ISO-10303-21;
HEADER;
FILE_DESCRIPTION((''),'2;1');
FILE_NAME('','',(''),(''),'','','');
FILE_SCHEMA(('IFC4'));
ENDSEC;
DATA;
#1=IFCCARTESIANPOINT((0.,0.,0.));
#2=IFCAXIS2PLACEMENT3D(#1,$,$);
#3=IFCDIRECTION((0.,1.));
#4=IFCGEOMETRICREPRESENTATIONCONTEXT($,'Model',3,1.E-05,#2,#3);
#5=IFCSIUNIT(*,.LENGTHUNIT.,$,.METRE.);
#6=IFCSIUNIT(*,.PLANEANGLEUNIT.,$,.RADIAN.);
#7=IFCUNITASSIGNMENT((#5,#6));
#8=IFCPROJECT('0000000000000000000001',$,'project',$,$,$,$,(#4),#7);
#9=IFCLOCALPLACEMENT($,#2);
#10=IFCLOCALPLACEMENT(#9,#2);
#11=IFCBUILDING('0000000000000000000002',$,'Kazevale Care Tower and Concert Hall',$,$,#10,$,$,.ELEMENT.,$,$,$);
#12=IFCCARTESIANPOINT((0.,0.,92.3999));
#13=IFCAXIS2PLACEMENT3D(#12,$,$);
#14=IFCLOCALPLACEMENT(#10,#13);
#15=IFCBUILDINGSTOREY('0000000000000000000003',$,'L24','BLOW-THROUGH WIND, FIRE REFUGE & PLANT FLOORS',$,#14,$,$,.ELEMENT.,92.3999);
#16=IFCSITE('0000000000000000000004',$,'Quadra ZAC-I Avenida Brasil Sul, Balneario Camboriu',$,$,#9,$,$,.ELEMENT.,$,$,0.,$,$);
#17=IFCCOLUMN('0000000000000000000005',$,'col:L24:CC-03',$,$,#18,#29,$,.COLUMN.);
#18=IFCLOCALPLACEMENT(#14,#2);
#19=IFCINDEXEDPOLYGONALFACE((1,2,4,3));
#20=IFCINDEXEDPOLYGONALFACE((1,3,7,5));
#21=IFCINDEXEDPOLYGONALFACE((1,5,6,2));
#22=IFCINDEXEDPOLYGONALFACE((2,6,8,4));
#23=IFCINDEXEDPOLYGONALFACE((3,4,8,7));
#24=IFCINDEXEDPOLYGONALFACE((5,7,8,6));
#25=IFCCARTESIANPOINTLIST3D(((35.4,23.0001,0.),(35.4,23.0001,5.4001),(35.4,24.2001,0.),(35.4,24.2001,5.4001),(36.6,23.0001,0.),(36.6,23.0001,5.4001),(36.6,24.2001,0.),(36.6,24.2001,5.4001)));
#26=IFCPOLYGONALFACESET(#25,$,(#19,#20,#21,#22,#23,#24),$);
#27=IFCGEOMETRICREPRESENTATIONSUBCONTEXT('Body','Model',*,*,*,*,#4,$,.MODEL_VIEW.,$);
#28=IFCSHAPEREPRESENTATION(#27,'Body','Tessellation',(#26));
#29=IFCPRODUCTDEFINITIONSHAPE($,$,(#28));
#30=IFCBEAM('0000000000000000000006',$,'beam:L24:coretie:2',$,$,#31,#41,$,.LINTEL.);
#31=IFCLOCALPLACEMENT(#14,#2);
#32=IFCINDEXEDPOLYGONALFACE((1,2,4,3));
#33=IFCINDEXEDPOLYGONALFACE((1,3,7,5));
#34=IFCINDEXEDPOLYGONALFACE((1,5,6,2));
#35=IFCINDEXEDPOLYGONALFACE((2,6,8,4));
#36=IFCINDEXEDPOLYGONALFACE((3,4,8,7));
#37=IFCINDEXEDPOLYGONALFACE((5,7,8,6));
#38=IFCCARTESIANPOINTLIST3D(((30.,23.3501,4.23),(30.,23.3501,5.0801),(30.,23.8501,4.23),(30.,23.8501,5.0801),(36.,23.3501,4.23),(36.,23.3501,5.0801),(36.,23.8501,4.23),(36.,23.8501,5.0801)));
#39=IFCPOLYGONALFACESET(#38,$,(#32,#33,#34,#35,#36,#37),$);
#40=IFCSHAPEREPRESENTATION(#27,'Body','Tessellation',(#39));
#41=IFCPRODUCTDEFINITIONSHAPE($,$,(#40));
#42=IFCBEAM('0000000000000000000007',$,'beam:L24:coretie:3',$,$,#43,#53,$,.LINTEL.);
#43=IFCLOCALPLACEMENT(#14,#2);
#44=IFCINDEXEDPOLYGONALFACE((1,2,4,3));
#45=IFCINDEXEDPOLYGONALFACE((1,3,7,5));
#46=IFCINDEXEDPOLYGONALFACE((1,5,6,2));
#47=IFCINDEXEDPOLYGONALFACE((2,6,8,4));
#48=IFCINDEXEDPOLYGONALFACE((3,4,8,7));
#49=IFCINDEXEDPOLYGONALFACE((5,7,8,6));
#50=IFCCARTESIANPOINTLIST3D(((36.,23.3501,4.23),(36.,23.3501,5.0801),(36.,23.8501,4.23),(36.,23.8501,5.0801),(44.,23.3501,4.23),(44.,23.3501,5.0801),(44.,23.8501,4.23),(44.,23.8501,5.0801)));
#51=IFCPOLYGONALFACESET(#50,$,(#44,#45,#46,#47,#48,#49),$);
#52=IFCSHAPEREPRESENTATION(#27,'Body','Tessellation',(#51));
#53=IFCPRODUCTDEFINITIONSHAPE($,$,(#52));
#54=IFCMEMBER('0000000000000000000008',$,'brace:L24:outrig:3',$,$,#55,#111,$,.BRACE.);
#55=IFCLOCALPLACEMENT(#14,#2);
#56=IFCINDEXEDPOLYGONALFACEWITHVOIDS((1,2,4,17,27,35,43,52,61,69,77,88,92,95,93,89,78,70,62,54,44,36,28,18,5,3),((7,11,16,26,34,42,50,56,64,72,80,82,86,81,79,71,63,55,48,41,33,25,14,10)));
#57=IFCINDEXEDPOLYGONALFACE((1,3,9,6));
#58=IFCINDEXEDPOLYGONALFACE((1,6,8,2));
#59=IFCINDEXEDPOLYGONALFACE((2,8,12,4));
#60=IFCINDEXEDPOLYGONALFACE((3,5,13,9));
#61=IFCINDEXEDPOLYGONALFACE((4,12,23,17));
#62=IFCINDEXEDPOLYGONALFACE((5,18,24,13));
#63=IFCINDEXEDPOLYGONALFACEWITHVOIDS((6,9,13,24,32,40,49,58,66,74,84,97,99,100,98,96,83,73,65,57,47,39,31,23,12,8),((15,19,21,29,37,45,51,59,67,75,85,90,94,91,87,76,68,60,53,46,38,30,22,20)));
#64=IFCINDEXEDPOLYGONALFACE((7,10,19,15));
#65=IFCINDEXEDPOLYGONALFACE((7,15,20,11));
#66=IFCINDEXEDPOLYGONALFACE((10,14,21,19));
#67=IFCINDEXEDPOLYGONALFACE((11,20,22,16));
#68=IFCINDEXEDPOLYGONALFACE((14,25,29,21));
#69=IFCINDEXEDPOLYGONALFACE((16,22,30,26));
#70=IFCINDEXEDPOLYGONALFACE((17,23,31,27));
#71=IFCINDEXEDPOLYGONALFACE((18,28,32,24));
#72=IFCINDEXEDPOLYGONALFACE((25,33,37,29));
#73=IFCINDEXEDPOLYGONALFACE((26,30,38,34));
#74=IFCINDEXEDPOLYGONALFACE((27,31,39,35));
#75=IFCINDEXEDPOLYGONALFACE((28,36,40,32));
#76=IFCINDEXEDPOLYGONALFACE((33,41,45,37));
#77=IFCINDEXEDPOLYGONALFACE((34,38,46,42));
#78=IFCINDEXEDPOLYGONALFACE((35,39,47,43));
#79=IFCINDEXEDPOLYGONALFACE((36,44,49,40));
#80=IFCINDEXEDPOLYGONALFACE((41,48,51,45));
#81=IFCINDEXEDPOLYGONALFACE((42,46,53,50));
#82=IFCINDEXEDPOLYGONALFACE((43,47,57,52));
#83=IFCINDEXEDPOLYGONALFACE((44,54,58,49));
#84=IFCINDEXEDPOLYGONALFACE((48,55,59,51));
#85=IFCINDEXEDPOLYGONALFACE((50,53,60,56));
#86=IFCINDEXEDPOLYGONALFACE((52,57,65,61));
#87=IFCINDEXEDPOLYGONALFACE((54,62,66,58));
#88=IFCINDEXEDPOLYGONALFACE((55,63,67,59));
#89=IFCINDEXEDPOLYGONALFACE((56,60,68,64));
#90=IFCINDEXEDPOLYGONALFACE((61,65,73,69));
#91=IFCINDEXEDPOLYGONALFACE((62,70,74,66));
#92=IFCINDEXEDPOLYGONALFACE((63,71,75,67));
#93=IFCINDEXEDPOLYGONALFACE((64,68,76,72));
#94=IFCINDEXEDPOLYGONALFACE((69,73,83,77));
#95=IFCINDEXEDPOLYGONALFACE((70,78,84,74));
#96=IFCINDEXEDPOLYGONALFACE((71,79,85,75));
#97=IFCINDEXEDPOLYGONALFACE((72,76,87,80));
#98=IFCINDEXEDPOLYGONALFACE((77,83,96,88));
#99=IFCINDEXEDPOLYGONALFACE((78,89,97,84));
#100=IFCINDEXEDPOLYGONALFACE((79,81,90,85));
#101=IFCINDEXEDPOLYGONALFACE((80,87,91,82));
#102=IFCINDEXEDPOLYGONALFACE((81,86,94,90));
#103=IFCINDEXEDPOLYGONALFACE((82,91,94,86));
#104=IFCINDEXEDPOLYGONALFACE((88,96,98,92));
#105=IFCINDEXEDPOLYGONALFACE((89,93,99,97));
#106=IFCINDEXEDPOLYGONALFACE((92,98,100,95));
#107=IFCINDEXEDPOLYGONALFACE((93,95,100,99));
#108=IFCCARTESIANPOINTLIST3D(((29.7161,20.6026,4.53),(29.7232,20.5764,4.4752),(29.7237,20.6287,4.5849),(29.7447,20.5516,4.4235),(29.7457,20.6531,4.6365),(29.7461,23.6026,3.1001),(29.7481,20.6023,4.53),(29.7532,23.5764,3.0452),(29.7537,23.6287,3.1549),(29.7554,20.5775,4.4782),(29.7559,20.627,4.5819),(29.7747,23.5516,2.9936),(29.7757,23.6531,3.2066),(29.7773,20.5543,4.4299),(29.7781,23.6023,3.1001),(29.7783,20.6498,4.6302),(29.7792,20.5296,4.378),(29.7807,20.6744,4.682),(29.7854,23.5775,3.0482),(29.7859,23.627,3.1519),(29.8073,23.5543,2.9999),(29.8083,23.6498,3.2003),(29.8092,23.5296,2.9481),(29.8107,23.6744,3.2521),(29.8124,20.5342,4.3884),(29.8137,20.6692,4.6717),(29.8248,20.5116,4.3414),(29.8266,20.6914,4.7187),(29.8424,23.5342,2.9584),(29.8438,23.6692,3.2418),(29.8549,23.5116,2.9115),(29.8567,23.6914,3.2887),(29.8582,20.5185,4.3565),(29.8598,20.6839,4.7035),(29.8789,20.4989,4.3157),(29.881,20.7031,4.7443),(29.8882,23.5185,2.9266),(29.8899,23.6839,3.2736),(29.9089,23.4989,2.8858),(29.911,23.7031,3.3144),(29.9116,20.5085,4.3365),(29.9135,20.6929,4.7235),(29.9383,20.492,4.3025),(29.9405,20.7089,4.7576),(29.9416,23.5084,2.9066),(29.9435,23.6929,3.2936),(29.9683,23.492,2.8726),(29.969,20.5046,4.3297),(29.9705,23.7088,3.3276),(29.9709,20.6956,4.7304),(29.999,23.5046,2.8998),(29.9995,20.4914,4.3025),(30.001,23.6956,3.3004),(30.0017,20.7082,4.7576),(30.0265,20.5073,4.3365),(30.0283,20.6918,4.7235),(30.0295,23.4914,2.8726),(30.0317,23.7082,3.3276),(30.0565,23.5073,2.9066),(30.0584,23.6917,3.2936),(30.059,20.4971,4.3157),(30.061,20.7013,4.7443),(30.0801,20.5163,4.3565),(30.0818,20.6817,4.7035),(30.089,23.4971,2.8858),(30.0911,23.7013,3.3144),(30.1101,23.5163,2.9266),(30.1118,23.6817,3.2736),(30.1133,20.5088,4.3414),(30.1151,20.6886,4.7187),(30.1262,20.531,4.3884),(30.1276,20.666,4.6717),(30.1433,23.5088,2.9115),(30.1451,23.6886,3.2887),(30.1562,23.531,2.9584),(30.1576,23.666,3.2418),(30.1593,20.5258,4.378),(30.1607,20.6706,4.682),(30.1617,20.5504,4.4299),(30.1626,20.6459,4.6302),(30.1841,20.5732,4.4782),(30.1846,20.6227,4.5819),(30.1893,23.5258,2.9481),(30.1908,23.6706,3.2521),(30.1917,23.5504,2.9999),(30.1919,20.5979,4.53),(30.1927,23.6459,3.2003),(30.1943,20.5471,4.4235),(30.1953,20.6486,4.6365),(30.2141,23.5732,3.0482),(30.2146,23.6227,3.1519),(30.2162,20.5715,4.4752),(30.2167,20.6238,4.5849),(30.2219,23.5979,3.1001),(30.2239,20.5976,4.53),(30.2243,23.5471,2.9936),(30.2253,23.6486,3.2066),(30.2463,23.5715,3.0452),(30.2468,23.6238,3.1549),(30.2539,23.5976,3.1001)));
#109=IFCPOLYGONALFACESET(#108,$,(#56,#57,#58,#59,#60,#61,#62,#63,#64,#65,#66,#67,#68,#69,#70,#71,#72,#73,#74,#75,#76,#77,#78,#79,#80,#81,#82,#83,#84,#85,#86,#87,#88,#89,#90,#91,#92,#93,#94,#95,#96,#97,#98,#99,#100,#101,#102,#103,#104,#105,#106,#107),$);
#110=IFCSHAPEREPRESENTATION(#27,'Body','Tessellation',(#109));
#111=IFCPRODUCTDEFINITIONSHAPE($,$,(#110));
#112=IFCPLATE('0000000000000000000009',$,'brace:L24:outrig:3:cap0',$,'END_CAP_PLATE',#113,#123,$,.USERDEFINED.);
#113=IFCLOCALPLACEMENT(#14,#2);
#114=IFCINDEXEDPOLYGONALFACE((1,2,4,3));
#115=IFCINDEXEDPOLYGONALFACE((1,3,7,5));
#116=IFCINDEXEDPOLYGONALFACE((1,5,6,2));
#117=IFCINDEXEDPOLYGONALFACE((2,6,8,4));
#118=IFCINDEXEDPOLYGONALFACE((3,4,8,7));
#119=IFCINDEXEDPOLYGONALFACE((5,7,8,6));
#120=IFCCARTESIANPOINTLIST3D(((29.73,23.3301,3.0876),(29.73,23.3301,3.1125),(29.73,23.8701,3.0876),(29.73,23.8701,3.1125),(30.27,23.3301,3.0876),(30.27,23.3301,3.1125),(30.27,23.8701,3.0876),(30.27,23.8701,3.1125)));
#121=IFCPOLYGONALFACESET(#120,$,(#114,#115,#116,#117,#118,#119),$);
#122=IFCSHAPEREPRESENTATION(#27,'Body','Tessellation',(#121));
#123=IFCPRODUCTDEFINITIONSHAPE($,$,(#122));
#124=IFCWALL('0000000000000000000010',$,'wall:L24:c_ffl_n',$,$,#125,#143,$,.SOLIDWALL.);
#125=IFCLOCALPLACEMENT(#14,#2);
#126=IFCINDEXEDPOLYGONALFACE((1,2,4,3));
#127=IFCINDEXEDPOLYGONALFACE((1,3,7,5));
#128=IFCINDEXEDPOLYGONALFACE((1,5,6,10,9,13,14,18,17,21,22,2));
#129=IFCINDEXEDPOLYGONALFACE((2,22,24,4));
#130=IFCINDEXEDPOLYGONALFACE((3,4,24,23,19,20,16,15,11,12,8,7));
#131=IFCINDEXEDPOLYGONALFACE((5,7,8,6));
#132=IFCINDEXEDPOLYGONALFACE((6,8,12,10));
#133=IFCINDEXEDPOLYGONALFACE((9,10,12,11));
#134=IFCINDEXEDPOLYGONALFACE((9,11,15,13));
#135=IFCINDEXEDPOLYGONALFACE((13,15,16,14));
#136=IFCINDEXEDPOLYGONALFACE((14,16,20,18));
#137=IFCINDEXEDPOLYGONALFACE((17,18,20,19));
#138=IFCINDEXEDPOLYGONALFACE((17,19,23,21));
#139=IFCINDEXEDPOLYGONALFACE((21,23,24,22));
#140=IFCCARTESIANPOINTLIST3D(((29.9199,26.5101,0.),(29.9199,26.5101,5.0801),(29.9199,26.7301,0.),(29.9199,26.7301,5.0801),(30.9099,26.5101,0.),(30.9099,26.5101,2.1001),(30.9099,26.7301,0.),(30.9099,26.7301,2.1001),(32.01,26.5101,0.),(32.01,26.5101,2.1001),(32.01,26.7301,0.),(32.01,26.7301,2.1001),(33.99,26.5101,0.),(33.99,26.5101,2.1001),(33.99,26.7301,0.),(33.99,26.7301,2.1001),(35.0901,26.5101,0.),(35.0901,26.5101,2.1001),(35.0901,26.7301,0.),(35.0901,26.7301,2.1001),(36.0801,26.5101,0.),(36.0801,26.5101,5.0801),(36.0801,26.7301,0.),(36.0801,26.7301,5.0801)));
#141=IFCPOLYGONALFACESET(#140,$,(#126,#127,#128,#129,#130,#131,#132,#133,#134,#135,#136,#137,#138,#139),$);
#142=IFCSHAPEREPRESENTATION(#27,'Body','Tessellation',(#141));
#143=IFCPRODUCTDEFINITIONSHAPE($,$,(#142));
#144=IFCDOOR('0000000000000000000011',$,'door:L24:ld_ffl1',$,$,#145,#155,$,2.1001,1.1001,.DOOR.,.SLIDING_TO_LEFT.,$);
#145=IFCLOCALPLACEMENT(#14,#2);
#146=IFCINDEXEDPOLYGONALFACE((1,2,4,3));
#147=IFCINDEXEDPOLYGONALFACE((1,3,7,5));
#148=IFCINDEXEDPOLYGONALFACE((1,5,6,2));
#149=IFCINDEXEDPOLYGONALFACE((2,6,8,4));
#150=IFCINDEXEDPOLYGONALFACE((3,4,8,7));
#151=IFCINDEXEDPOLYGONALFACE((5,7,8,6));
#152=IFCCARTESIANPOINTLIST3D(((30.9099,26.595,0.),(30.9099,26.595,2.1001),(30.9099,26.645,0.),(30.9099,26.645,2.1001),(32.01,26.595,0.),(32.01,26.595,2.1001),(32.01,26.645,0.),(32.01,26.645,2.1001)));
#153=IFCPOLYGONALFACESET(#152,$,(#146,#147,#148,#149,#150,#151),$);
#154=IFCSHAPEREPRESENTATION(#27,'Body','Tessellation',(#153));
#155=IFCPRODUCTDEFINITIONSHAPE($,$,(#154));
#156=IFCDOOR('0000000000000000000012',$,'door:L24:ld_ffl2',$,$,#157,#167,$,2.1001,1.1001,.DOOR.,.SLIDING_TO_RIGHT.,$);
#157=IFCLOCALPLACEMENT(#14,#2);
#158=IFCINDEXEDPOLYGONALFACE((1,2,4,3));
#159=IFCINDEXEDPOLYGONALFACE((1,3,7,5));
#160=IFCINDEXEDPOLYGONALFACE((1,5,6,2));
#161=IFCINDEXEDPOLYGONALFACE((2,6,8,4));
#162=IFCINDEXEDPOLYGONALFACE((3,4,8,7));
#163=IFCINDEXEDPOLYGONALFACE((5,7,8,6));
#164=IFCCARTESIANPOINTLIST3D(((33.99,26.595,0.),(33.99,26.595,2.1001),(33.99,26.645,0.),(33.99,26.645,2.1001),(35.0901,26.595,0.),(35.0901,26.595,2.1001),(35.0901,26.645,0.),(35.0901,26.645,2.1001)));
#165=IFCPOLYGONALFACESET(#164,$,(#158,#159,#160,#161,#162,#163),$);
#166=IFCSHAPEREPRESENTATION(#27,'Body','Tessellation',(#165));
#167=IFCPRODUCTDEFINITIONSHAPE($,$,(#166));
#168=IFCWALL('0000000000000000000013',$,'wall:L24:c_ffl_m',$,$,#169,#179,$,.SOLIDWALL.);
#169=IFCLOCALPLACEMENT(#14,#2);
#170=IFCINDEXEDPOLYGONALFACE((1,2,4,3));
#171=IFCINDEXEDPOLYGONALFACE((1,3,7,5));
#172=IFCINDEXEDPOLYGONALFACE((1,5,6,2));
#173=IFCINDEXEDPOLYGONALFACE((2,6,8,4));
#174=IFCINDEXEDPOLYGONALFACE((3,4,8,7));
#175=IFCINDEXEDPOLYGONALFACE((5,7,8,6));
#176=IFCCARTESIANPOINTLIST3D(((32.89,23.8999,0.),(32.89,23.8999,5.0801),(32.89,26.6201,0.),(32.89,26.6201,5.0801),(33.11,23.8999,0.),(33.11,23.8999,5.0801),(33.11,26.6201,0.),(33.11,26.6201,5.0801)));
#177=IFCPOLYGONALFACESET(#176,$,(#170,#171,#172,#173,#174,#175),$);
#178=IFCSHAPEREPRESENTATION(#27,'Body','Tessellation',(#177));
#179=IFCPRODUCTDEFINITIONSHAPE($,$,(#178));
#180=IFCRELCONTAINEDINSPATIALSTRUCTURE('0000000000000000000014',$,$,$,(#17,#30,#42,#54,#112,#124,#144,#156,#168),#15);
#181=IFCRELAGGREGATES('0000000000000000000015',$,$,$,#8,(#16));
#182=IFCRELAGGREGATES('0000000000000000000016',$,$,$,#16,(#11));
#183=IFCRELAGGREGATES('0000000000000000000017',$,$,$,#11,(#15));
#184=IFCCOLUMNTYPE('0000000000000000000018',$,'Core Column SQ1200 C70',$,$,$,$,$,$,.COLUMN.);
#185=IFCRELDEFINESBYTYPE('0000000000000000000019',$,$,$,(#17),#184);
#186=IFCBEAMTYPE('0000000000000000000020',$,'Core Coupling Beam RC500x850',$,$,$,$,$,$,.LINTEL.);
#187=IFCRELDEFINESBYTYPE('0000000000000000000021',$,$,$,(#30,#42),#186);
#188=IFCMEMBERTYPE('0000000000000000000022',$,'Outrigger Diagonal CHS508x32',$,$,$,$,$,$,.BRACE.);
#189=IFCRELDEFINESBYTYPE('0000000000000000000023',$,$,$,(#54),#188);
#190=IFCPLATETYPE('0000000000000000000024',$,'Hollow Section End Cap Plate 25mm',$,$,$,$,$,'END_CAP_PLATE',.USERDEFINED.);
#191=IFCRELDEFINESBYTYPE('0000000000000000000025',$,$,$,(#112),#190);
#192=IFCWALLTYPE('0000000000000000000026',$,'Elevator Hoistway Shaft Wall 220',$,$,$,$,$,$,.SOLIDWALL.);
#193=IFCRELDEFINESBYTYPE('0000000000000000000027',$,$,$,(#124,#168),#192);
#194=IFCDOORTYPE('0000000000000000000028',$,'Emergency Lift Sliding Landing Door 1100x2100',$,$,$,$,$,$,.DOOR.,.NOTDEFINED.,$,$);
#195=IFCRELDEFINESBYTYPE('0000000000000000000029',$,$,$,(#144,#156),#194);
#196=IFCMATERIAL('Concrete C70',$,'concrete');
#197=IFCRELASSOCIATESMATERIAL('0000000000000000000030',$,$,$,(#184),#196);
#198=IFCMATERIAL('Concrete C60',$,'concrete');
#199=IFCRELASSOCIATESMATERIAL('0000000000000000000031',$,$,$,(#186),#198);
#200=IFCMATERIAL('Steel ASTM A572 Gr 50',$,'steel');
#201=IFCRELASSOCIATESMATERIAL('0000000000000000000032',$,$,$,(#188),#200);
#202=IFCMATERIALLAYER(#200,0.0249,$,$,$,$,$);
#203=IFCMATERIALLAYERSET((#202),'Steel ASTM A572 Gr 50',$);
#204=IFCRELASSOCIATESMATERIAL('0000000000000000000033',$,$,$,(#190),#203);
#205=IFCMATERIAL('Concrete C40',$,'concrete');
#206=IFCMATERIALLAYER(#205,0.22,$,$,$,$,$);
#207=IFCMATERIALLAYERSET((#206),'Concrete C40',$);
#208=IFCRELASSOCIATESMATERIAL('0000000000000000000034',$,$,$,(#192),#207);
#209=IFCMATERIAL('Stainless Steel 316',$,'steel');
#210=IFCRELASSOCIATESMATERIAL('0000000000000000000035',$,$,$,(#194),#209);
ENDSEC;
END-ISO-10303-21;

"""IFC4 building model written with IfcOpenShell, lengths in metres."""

from ifc_helpers import new_model, si_unit, direction, frame, frame_2d, origin, origin_2d, place, context, subcontext, project, spatial, rectangle, hollow_circle, extrude, material, layer, layer_set, material_profile, profile_set, type_object, element, fill, save


model = new_model("IFC4")

# Units and contexts
model_context = context("Model", 3, precision=1e-05, world=origin(), true_north=direction((0.0, 1.0)))
body_context = subcontext(model_context, "Body", "Model", "MODEL_VIEW")
ifc_project = project(units=[si_unit("LENGTHUNIT", "METRE"), si_unit("PLANEANGLEUNIT", "RADIAN")], contexts=[model_context])

# Site, building, storey
site_placement = place(None, origin())
site = spatial("IfcSite", under=ifc_project, at=site_placement, Name="Quadra ZAC-I Avenida Brasil Sul, Balneario Camboriu", CompositionType="ELEMENT", RefElevation=0.0)
building_placement = place(site_placement, origin())
building = spatial("IfcBuilding", under=site, at=building_placement, Name="Kazevale Care Tower and Concert Hall", CompositionType="ELEMENT")
storey_placement = place(building_placement, frame((0.0, 0.0, 92.3999)))
storey = spatial("IfcBuildingStorey", under=building, at=storey_placement, Name="L24", Description="BLOW-THROUGH WIND, FIRE REFUGE & PLANT FLOORS", CompositionType="ELEMENT", Elevation=92.3999)

# Column
ifc_material_1 = material(Name="Concrete C70", Category="concrete")
ifc_material_profile_1 = material_profile(ifc_material_1, rectangle(XDim=1.2, YDim=1.2, at=origin_2d()), Name="RC-SQ1200")
ifc_profile_set_1 = profile_set([ifc_material_profile_1], Name="Concrete C70")
column_type = type_object("IfcColumnType", Name="Core Column SQ1200 C70", PredefinedType="COLUMN", material=ifc_profile_set_1)
column_placement = place(storey_placement, frame((36.0, 23.6001, 0.0), z_axis=(0.0, 0.0, 1.0), x_axis=(1.0, 0.0, 0.0)))
element("IfcColumn", 1, at=column_placement, inside=storey, type_object=column_type, Name="col:L24:CC-03", PredefinedType="COLUMN", context=body_context, shape_type="SweptSolid", body=[
    extrude(rectangle(XDim=1.2, YDim=1.2, at=origin_2d()), origin(), (0.0, 0.0, 1.0), 5.4001),
])

# Beams
ifc_material_2 = material(Name="Concrete C60", Category="concrete")
ifc_material_profile_2 = material_profile(ifc_material_2, rectangle(XDim=0.5, YDim=0.8501, at=origin_2d()), Name="RC-B500x850")
ifc_profile_set_2 = profile_set([ifc_material_profile_2], Name="Concrete C60")
beam_type = type_object("IfcBeamType", Name="Core Coupling Beam RC500x850", PredefinedType="LINTEL", material=ifc_profile_set_2)
beam_1_placement = place(storey_placement, frame((30.0, 23.6001, 4.655), z_axis=(1.0, 0.0, 0.0), x_axis=(0.0, 1.0, 0.0)))
element("IfcBeam", 2, at=beam_1_placement, inside=storey, type_object=beam_type, Name="beam:L24:coretie:2", PredefinedType="LINTEL", context=body_context, shape_type="SweptSolid", body=[
    extrude(rectangle(XDim=0.5, YDim=0.8501, at=origin_2d()), origin(), (0.0, 0.0, 1.0), 6.0),
])
beam_2_placement = place(storey_placement, frame((36.0, 23.6001, 4.655), z_axis=(1.0, 0.0, 0.0), x_axis=(0.0, 1.0, 0.0)))
element("IfcBeam", 3, at=beam_2_placement, inside=storey, type_object=beam_type, Name="beam:L24:coretie:3", PredefinedType="LINTEL", context=body_context, shape_type="SweptSolid", body=[
    extrude(rectangle(XDim=0.5, YDim=0.8501, at=origin_2d()), origin(), (0.0, 0.0, 1.0), 8.0),
])

# Member
ifc_material_3 = material(Name="Steel ASTM A572 Gr 50", Category="steel")
ifc_material_profile_3 = material_profile(ifc_material_3, hollow_circle(Radius=0.2539, WallThickness=0.032, at=origin_2d()), Name="CHS508x32")
ifc_profile_set_3 = profile_set([ifc_material_profile_3], Name="Steel ASTM A572 Gr 50")
member_type = type_object("IfcMemberType", Name="Outrigger Diagonal CHS508x32", PredefinedType="BRACE", material=ifc_profile_set_3)
member_placement = place(storey_placement, frame((30.0, 23.6001, 3.1001), z_axis=(-0.009035, -0.902665, 0.43025), x_axis=(0.99995, -0.010009, 0.0)))
element("IfcMember", 4, at=member_placement, inside=storey, type_object=member_type, Name="brace:L24:outrig:3", PredefinedType="BRACE", context=body_context, shape_type="SweptSolid", body=[
    extrude(hollow_circle(Radius=0.2539, WallThickness=0.032, at=origin_2d()), origin(), (0.0, 0.0, 1.0), 3.3235),
])

# Plate
ifc_layer_1 = layer(ifc_material_3, 0.0249)
ifc_layer_set_1 = layer_set([ifc_layer_1], Name="Steel ASTM A572 Gr 50")
plate_type = type_object("IfcPlateType", Name="Hollow Section End Cap Plate 25mm", ElementType="END_CAP_PLATE", PredefinedType="USERDEFINED", material=ifc_layer_set_1)
plate_placement = place(storey_placement, frame((30.0, 23.6001, 3.0876), z_axis=(0.0, 0.0, 1.0), x_axis=(1.0, 0.0, 0.0)))
element("IfcPlate", 5, at=plate_placement, inside=storey, type_object=plate_type, Name="brace:L24:outrig:3:cap0", ObjectType="END_CAP_PLATE", PredefinedType="USERDEFINED", context=body_context, shape_type="SweptSolid", body=[
    extrude(rectangle(XDim=0.54, YDim=0.54, at=origin_2d()), origin(), (0.0, 0.0, 1.0), 0.0249),
])

# Wall, openings, doors
ifc_material_4 = material(Name="Concrete C40", Category="concrete")
ifc_layer_2 = layer(ifc_material_4, 0.22)
ifc_layer_set_2 = layer_set([ifc_layer_2], Name="Concrete C40")
wall_type_1 = type_object("IfcWallType", Name="Elevator Hoistway Shaft Wall 220", PredefinedType="SOLIDWALL", material=ifc_layer_set_2)
wall_1_placement = place(storey_placement, frame((29.9199, 26.6201, 0.0), z_axis=(0.0, 0.0, 1.0), x_axis=(1.0, 0.0, 0.0)))
wall_1 = element("IfcWall", 6, at=wall_1_placement, inside=storey, type_object=wall_type_1, Name="wall:L24:c_ffl_n", PredefinedType="SOLIDWALL", context=body_context, shape_type="SweptSolid", body=[
    extrude(rectangle(XDim=6.1602, YDim=0.22, at=frame_2d((3.0801, 0.0))), origin(), (0.0, 0.0, 1.0), 5.0801),
])
opening_1_placement = place(wall_1_placement, frame((0.99, 0.0, 0.0)))
opening_1 = element("IfcOpeningElement", 7, at=opening_1_placement, cuts=wall_1, PredefinedType="OPENING", context=body_context, shape_type="SweptSolid", body=[
    extrude(rectangle(XDim=1.1001, YDim=2.1001, at=frame_2d((0.55, 1.05))), frame((0.0, 0.1199, 0.0), z_axis=(0.0, -1.0, 0.0), x_axis=(1.0, 0.0, 0.0)), (0.0, 0.0, 1.0), 0.24),
])
opening_2_placement = place(wall_1_placement, frame((4.0701, 0.0, 0.0)))
opening_2 = element("IfcOpeningElement", 8, at=opening_2_placement, cuts=wall_1, PredefinedType="OPENING", context=body_context, shape_type="SweptSolid", body=[
    extrude(rectangle(XDim=1.1001, YDim=2.1001, at=frame_2d((0.55, 1.05))), frame((0.0, 0.1199, 0.0), z_axis=(0.0, -1.0, 0.0), x_axis=(1.0, 0.0, 0.0)), (0.0, 0.0, 1.0), 0.24),
])
ifc_material_5 = material(Name="Stainless Steel 316", Category="steel")
door_type_1 = type_object("IfcDoorType", Name="Emergency Lift Sliding Landing Door 1100x2100", OperationType="NOTDEFINED", PredefinedType="DOOR", material=ifc_material_5)
door_1_placement = place(opening_1_placement, origin())
door_1 = element("IfcDoor", 9, at=door_1_placement, inside=storey, type_object=door_type_1, Name="door:L24:ld_ffl1", OperationType="SLIDING_TO_LEFT", OverallHeight=2.1001, OverallWidth=1.1001, PredefinedType="DOOR", context=body_context, shape_type="SweptSolid", body=[
    extrude(rectangle(XDim=1.1001, YDim=2.1001, at=frame_2d((0.55, 1.05))), frame((0.0, 0.0249, 0.0), z_axis=(0.0, -1.0, 0.0), x_axis=(1.0, 0.0, 0.0)), (0.0, 0.0, 1.0), 0.05),
])
fill(opening_1, door_1)
door_2_placement = place(opening_2_placement, origin())
door_2 = element("IfcDoor", 10, at=door_2_placement, inside=storey, type_object=door_type_1, Name="door:L24:ld_ffl2", OperationType="SLIDING_TO_RIGHT", OverallHeight=2.1001, OverallWidth=1.1001, PredefinedType="DOOR", context=body_context, shape_type="SweptSolid", body=[
    extrude(rectangle(XDim=1.1001, YDim=2.1001, at=frame_2d((0.55, 1.05))), frame((0.0, 0.0249, 0.0), z_axis=(0.0, -1.0, 0.0), x_axis=(1.0, 0.0, 0.0)), (0.0, 0.0, 1.0), 0.05),
])
fill(opening_2, door_2)

# Wall
wall_2_placement = place(storey_placement, frame((33.0, 23.8999, 0.0), z_axis=(0.0, 0.0, 1.0), x_axis=(0.0, 1.0, 0.0)))
element("IfcWall", 11, at=wall_2_placement, inside=storey, type_object=wall_type_1, Name="wall:L24:c_ffl_m", PredefinedType="SOLIDWALL", context=body_context, shape_type="SweptSolid", body=[
    extrude(rectangle(XDim=2.7202, YDim=0.22, at=frame_2d((1.3601, 0.0))), origin(), (0.0, 0.0, 1.0), 5.0801),
])

save(model, "model.ifc")
